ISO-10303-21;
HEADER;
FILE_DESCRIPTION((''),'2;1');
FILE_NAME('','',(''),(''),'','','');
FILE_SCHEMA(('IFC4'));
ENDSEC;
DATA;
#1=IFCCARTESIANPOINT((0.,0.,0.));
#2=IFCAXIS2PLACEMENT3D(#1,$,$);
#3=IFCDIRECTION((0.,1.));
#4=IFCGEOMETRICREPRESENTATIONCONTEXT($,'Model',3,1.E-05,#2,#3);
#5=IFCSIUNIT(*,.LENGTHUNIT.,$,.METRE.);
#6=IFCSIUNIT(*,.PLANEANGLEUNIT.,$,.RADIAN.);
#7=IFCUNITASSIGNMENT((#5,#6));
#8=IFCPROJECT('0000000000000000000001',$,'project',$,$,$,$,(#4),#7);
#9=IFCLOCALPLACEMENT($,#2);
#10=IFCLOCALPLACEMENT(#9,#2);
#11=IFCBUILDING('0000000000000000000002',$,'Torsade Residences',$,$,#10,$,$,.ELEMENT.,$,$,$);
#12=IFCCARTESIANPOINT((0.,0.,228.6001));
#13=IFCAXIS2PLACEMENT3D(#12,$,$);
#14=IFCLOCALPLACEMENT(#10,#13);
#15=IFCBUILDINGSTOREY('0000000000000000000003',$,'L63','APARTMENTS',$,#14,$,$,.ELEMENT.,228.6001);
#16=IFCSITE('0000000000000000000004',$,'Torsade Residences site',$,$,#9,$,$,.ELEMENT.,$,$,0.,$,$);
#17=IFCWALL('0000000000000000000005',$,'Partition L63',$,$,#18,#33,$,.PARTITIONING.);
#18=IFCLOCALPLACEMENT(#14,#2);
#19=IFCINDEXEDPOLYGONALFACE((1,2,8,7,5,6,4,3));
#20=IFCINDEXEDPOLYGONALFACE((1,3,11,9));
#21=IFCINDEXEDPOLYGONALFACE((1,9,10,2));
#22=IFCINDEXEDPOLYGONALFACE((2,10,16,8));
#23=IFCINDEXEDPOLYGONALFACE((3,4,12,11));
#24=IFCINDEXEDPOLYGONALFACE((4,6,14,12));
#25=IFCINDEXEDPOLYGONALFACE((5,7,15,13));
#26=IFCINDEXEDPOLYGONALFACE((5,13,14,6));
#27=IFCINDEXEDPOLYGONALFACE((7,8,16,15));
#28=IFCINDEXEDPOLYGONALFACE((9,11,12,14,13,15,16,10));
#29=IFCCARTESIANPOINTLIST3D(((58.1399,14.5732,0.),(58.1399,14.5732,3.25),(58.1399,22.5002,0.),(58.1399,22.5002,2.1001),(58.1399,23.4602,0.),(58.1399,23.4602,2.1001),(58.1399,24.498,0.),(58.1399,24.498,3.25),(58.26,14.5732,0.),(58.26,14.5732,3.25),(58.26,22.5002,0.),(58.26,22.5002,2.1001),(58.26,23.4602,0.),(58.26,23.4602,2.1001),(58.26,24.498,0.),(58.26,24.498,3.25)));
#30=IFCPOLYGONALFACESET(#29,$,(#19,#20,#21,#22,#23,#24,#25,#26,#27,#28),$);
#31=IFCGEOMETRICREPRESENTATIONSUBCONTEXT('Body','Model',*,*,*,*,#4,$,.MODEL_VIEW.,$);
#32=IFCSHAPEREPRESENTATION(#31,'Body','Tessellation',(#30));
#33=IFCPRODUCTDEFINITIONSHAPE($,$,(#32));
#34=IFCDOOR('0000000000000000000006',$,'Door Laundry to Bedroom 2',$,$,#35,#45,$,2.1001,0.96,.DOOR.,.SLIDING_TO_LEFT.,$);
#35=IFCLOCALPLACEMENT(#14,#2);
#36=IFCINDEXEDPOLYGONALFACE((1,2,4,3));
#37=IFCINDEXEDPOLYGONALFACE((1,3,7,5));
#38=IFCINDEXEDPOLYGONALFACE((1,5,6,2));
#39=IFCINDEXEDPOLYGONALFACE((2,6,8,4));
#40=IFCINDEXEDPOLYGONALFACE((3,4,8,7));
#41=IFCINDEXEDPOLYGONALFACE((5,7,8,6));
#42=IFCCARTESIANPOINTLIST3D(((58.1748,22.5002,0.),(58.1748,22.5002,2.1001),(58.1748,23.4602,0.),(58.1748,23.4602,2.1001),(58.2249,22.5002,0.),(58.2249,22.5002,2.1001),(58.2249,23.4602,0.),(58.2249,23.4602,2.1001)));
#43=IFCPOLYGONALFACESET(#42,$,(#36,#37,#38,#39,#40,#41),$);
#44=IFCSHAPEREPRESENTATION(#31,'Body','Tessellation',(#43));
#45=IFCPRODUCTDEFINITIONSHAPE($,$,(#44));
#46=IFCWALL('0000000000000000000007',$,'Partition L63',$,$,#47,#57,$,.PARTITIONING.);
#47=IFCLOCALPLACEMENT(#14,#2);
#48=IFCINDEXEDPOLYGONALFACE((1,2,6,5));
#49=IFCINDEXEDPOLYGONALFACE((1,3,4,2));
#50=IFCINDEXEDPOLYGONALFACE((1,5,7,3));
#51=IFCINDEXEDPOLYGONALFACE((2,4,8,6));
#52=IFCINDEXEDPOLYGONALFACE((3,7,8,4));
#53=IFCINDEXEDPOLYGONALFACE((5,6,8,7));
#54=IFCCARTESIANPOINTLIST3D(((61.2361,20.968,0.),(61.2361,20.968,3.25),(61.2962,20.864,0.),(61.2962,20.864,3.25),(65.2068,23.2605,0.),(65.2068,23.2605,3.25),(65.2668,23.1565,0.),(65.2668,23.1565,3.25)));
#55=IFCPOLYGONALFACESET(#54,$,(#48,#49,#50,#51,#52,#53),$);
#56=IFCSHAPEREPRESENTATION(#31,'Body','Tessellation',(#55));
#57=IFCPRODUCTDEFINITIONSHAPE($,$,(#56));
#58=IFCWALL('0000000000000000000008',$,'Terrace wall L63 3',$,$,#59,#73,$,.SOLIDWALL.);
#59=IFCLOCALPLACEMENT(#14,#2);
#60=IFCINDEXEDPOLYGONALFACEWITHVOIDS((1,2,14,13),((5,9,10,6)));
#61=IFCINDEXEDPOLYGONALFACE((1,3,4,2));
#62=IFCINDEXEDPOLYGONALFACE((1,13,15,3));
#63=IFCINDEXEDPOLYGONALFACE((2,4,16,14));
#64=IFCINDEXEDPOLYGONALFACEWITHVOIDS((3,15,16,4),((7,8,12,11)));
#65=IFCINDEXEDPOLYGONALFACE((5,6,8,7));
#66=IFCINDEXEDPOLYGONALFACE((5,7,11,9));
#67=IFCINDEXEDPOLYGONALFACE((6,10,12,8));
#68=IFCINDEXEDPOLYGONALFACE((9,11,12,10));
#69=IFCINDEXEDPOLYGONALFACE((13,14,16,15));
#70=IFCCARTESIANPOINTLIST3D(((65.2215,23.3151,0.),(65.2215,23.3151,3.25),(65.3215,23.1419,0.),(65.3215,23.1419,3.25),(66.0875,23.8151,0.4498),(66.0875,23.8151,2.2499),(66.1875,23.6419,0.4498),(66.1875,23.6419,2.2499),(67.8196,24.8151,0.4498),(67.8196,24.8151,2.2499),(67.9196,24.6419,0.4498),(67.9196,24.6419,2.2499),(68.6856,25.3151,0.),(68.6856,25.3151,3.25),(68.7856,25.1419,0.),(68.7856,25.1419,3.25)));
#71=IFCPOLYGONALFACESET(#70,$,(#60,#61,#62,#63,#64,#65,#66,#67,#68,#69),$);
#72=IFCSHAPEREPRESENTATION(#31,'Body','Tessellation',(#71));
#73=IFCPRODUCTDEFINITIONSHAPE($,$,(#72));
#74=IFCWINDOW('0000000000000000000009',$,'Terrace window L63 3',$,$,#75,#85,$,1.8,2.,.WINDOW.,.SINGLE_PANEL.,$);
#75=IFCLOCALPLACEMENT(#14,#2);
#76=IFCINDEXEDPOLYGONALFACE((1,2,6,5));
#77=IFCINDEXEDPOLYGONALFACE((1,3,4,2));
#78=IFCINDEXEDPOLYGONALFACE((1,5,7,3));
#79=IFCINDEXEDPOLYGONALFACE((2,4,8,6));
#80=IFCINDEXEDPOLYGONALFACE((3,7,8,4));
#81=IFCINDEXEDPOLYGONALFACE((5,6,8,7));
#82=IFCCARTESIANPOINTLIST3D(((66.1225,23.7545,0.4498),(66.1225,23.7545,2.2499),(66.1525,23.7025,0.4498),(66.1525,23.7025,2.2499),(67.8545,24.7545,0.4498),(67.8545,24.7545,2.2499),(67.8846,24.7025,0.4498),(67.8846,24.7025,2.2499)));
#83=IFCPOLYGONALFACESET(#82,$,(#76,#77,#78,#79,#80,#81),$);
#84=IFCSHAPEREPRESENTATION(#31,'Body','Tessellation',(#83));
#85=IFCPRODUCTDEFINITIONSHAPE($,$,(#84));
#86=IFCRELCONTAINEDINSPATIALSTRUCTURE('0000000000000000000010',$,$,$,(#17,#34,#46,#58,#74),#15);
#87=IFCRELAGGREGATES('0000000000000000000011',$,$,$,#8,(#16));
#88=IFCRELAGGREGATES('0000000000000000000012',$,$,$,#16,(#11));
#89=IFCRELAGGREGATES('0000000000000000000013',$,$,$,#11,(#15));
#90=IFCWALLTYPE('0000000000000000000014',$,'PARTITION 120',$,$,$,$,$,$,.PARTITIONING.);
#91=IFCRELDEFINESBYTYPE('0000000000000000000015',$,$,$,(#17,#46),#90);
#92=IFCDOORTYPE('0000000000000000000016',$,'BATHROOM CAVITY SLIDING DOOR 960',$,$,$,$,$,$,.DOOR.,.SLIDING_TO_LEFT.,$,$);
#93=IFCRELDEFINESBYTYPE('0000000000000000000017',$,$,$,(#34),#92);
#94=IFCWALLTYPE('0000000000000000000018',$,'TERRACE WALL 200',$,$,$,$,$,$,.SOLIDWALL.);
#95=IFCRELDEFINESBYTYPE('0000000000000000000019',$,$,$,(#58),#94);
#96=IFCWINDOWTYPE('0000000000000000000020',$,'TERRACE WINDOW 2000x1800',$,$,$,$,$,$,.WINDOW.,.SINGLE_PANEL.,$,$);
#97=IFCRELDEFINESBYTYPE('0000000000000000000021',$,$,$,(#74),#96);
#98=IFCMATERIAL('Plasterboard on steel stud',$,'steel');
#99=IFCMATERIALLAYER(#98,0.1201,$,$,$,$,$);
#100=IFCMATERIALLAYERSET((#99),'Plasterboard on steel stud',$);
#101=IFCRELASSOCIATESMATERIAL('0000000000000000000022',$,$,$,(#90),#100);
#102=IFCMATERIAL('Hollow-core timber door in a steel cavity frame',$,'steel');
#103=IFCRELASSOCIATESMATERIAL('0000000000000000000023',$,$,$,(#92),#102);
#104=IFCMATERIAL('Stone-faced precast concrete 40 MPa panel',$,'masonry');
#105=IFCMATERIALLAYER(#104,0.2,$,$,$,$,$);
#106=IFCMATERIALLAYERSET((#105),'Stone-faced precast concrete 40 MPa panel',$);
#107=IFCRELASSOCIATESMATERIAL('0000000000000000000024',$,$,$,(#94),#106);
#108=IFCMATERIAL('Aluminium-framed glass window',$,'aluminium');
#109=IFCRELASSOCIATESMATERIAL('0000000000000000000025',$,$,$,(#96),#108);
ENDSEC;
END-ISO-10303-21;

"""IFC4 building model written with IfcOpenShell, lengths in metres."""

from ifc_helpers import new_model, si_unit, direction, frame, frame_2d, origin, place, context, subcontext, project, spatial, rectangle, extrude, material, layer, layer_set, type_object, element, fill, save


model = new_model("IFC4")

# Units and contexts
model_context = context("Model", 3, precision=1e-05, world=origin(), true_north=direction((0.0, 1.0)))
body_context = subcontext(model_context, "Body", "Model", "MODEL_VIEW")
ifc_project = project(units=[si_unit("LENGTHUNIT", "METRE"), si_unit("PLANEANGLEUNIT", "RADIAN")], contexts=[model_context])

# Site, building, storey
site_placement = place(None, origin())
site = spatial("IfcSite", under=ifc_project, at=site_placement, Name="Torsade Residences site", CompositionType="ELEMENT", RefElevation=0.0)
building_placement = place(site_placement, origin())
building = spatial("IfcBuilding", under=site, at=building_placement, Name="Torsade Residences", CompositionType="ELEMENT")
storey_placement = place(building_placement, frame((0.0, 0.0, 228.6001)))
storey = spatial("IfcBuildingStorey", under=building, at=storey_placement, Name="L63", Description="APARTMENTS", CompositionType="ELEMENT", Elevation=228.6001)

# Shared definitions
ifc_material_1 = material(Name="Plasterboard on steel stud", Category="steel")
ifc_layer_1 = layer(ifc_material_1, 0.1201)
ifc_layer_set_1 = layer_set([ifc_layer_1], Name="Plasterboard on steel stud")
wall_type_1 = type_object("IfcWallType", Name="PARTITION 120", PredefinedType="PARTITIONING", material=ifc_layer_set_1)
ifc_material_2 = material(Name="Hollow-core timber door in a steel cavity frame", Category="steel")
door_type_1 = type_object("IfcDoorType", Name="BATHROOM CAVITY SLIDING DOOR 960", OperationType="SLIDING_TO_LEFT", PredefinedType="DOOR", material=ifc_material_2)

# Wall, opening, door
wall_1_placement = place(storey_placement, frame((58.2, 24.498, 0.0), z_axis=(0.0, 0.0, 1.0), x_axis=(0.0, -1.0, 0.0)))
wall_1 = element("IfcWall", 1, at=wall_1_placement, inside=storey, type_object=wall_type_1, Name="Partition L63", PredefinedType="PARTITIONING", context=body_context, shape_type="SweptSolid", body=[
    extrude(rectangle(XDim=9.9248, YDim=0.1201, at=frame_2d((4.9624, 0.0))), origin(), (0.0, 0.0, 1.0), 3.25),
])
opening_1_placement = place(wall_1_placement, frame((1.0378, 0.0, 0.0)))
opening_1 = element("IfcOpeningElement", 2, at=opening_1_placement, cuts=wall_1, PredefinedType="OPENING", context=body_context, shape_type="SweptSolid", body=[
    extrude(rectangle(XDim=0.96, YDim=2.1001, at=frame_2d((0.48, 1.05))), frame((0.0, 0.0701, 0.0), z_axis=(0.0, -1.0, 0.0), x_axis=(1.0, 0.0, 0.0)), (0.0, 0.0, 1.0), 0.1401),
])
door_1_placement = place(opening_1_placement, origin())
door_1 = element("IfcDoor", 3, at=door_1_placement, inside=storey, type_object=door_type_1, Name="Door Laundry to Bedroom 2", OperationType="SLIDING_TO_LEFT", OverallHeight=2.1001, OverallWidth=0.96, PredefinedType="DOOR", context=body_context, shape_type="SweptSolid", body=[
    extrude(rectangle(XDim=0.96, YDim=2.1001, at=frame_2d((0.48, 1.05))), frame((0.0, 0.0249, 0.0), z_axis=(0.0, -1.0, 0.0), x_axis=(1.0, 0.0, 0.0)), (0.0, 0.0, 1.0), 0.05),
])
fill(opening_1, door_1)

# Wall
wall_2_placement = place(storey_placement, frame((65.2368, 23.2085, 0.0), z_axis=(0.0, 0.0, 1.0), x_axis=(-0.866026, -0.499999, 0.0)))
element("IfcWall", 4, at=wall_2_placement, inside=storey, type_object=wall_type_1, Name="Partition L63", PredefinedType="PARTITIONING", context=body_context, shape_type="SweptSolid", body=[
    extrude(rectangle(XDim=4.585, YDim=0.1201, at=frame_2d((2.2925, 0.0))), origin(), (0.0, 0.0, 1.0), 3.25),
])

# Wall, opening, window
ifc_material_3 = material(Name="Stone-faced precast concrete 40 MPa panel", Category="masonry")
ifc_layer_2 = layer(ifc_material_3, 0.2)
ifc_layer_set_2 = layer_set([ifc_layer_2], Name="Stone-faced precast concrete 40 MPa panel")
wall_type_2 = type_object("IfcWallType", Name="TERRACE WALL 200", PredefinedType="SOLIDWALL", material=ifc_layer_set_2)
wall_3_placement = place(storey_placement, frame((65.2715, 23.2285, 0.0), z_axis=(0.0, 0.0, 1.0), x_axis=(0.866026, 0.499999, 0.0)))
wall_3 = element("IfcWall", 5, at=wall_3_placement, inside=storey, type_object=wall_type_2, Name="Terrace wall L63 3", PredefinedType="SOLIDWALL", context=body_context, shape_type="SweptSolid", body=[
    extrude(rectangle(XDim=4.0, YDim=0.2, at=frame_2d((2.0, 0.0))), origin(), (0.0, 0.0, 1.0), 3.25),
])
opening_2_placement = place(wall_3_placement, frame((1.0, 0.0, 0.45)))
opening_2 = element("IfcOpeningElement", 6, at=opening_2_placement, cuts=wall_3, PredefinedType="OPENING", context=body_context, shape_type="SweptSolid", body=[
    extrude(rectangle(XDim=2.0, YDim=1.8, at=frame_2d((1.0, 0.8999))), frame((0.0, 0.1099, 0.0), z_axis=(0.0, -1.0, 0.0), x_axis=(1.0, 0.0, 0.0)), (0.0, 0.0, 1.0), 0.22),
])
ifc_material_4 = material(Name="Aluminium-framed glass window", Category="aluminium")
window_type = type_object("IfcWindowType", Name="TERRACE WINDOW 2000x1800", PartitioningType="SINGLE_PANEL", PredefinedType="WINDOW", material=ifc_material_4)
window_placement = place(opening_2_placement, origin())
window = element("IfcWindow", 7, at=window_placement, inside=storey, type_object=window_type, Name="Terrace window L63 3", OverallHeight=1.8, OverallWidth=2.0, PartitioningType="SINGLE_PANEL", PredefinedType="WINDOW", context=body_context, shape_type="SweptSolid", body=[
    extrude(rectangle(XDim=2.0, YDim=1.8, at=frame_2d((1.0, 0.8999))), frame((0.0, 0.03, 0.0), z_axis=(0.0, -1.0, 0.0), x_axis=(1.0, 0.0, 0.0)), (0.0, 0.0, 1.0), 0.0601),
])
fill(opening_2, window)

save(model, "model.ifc")
